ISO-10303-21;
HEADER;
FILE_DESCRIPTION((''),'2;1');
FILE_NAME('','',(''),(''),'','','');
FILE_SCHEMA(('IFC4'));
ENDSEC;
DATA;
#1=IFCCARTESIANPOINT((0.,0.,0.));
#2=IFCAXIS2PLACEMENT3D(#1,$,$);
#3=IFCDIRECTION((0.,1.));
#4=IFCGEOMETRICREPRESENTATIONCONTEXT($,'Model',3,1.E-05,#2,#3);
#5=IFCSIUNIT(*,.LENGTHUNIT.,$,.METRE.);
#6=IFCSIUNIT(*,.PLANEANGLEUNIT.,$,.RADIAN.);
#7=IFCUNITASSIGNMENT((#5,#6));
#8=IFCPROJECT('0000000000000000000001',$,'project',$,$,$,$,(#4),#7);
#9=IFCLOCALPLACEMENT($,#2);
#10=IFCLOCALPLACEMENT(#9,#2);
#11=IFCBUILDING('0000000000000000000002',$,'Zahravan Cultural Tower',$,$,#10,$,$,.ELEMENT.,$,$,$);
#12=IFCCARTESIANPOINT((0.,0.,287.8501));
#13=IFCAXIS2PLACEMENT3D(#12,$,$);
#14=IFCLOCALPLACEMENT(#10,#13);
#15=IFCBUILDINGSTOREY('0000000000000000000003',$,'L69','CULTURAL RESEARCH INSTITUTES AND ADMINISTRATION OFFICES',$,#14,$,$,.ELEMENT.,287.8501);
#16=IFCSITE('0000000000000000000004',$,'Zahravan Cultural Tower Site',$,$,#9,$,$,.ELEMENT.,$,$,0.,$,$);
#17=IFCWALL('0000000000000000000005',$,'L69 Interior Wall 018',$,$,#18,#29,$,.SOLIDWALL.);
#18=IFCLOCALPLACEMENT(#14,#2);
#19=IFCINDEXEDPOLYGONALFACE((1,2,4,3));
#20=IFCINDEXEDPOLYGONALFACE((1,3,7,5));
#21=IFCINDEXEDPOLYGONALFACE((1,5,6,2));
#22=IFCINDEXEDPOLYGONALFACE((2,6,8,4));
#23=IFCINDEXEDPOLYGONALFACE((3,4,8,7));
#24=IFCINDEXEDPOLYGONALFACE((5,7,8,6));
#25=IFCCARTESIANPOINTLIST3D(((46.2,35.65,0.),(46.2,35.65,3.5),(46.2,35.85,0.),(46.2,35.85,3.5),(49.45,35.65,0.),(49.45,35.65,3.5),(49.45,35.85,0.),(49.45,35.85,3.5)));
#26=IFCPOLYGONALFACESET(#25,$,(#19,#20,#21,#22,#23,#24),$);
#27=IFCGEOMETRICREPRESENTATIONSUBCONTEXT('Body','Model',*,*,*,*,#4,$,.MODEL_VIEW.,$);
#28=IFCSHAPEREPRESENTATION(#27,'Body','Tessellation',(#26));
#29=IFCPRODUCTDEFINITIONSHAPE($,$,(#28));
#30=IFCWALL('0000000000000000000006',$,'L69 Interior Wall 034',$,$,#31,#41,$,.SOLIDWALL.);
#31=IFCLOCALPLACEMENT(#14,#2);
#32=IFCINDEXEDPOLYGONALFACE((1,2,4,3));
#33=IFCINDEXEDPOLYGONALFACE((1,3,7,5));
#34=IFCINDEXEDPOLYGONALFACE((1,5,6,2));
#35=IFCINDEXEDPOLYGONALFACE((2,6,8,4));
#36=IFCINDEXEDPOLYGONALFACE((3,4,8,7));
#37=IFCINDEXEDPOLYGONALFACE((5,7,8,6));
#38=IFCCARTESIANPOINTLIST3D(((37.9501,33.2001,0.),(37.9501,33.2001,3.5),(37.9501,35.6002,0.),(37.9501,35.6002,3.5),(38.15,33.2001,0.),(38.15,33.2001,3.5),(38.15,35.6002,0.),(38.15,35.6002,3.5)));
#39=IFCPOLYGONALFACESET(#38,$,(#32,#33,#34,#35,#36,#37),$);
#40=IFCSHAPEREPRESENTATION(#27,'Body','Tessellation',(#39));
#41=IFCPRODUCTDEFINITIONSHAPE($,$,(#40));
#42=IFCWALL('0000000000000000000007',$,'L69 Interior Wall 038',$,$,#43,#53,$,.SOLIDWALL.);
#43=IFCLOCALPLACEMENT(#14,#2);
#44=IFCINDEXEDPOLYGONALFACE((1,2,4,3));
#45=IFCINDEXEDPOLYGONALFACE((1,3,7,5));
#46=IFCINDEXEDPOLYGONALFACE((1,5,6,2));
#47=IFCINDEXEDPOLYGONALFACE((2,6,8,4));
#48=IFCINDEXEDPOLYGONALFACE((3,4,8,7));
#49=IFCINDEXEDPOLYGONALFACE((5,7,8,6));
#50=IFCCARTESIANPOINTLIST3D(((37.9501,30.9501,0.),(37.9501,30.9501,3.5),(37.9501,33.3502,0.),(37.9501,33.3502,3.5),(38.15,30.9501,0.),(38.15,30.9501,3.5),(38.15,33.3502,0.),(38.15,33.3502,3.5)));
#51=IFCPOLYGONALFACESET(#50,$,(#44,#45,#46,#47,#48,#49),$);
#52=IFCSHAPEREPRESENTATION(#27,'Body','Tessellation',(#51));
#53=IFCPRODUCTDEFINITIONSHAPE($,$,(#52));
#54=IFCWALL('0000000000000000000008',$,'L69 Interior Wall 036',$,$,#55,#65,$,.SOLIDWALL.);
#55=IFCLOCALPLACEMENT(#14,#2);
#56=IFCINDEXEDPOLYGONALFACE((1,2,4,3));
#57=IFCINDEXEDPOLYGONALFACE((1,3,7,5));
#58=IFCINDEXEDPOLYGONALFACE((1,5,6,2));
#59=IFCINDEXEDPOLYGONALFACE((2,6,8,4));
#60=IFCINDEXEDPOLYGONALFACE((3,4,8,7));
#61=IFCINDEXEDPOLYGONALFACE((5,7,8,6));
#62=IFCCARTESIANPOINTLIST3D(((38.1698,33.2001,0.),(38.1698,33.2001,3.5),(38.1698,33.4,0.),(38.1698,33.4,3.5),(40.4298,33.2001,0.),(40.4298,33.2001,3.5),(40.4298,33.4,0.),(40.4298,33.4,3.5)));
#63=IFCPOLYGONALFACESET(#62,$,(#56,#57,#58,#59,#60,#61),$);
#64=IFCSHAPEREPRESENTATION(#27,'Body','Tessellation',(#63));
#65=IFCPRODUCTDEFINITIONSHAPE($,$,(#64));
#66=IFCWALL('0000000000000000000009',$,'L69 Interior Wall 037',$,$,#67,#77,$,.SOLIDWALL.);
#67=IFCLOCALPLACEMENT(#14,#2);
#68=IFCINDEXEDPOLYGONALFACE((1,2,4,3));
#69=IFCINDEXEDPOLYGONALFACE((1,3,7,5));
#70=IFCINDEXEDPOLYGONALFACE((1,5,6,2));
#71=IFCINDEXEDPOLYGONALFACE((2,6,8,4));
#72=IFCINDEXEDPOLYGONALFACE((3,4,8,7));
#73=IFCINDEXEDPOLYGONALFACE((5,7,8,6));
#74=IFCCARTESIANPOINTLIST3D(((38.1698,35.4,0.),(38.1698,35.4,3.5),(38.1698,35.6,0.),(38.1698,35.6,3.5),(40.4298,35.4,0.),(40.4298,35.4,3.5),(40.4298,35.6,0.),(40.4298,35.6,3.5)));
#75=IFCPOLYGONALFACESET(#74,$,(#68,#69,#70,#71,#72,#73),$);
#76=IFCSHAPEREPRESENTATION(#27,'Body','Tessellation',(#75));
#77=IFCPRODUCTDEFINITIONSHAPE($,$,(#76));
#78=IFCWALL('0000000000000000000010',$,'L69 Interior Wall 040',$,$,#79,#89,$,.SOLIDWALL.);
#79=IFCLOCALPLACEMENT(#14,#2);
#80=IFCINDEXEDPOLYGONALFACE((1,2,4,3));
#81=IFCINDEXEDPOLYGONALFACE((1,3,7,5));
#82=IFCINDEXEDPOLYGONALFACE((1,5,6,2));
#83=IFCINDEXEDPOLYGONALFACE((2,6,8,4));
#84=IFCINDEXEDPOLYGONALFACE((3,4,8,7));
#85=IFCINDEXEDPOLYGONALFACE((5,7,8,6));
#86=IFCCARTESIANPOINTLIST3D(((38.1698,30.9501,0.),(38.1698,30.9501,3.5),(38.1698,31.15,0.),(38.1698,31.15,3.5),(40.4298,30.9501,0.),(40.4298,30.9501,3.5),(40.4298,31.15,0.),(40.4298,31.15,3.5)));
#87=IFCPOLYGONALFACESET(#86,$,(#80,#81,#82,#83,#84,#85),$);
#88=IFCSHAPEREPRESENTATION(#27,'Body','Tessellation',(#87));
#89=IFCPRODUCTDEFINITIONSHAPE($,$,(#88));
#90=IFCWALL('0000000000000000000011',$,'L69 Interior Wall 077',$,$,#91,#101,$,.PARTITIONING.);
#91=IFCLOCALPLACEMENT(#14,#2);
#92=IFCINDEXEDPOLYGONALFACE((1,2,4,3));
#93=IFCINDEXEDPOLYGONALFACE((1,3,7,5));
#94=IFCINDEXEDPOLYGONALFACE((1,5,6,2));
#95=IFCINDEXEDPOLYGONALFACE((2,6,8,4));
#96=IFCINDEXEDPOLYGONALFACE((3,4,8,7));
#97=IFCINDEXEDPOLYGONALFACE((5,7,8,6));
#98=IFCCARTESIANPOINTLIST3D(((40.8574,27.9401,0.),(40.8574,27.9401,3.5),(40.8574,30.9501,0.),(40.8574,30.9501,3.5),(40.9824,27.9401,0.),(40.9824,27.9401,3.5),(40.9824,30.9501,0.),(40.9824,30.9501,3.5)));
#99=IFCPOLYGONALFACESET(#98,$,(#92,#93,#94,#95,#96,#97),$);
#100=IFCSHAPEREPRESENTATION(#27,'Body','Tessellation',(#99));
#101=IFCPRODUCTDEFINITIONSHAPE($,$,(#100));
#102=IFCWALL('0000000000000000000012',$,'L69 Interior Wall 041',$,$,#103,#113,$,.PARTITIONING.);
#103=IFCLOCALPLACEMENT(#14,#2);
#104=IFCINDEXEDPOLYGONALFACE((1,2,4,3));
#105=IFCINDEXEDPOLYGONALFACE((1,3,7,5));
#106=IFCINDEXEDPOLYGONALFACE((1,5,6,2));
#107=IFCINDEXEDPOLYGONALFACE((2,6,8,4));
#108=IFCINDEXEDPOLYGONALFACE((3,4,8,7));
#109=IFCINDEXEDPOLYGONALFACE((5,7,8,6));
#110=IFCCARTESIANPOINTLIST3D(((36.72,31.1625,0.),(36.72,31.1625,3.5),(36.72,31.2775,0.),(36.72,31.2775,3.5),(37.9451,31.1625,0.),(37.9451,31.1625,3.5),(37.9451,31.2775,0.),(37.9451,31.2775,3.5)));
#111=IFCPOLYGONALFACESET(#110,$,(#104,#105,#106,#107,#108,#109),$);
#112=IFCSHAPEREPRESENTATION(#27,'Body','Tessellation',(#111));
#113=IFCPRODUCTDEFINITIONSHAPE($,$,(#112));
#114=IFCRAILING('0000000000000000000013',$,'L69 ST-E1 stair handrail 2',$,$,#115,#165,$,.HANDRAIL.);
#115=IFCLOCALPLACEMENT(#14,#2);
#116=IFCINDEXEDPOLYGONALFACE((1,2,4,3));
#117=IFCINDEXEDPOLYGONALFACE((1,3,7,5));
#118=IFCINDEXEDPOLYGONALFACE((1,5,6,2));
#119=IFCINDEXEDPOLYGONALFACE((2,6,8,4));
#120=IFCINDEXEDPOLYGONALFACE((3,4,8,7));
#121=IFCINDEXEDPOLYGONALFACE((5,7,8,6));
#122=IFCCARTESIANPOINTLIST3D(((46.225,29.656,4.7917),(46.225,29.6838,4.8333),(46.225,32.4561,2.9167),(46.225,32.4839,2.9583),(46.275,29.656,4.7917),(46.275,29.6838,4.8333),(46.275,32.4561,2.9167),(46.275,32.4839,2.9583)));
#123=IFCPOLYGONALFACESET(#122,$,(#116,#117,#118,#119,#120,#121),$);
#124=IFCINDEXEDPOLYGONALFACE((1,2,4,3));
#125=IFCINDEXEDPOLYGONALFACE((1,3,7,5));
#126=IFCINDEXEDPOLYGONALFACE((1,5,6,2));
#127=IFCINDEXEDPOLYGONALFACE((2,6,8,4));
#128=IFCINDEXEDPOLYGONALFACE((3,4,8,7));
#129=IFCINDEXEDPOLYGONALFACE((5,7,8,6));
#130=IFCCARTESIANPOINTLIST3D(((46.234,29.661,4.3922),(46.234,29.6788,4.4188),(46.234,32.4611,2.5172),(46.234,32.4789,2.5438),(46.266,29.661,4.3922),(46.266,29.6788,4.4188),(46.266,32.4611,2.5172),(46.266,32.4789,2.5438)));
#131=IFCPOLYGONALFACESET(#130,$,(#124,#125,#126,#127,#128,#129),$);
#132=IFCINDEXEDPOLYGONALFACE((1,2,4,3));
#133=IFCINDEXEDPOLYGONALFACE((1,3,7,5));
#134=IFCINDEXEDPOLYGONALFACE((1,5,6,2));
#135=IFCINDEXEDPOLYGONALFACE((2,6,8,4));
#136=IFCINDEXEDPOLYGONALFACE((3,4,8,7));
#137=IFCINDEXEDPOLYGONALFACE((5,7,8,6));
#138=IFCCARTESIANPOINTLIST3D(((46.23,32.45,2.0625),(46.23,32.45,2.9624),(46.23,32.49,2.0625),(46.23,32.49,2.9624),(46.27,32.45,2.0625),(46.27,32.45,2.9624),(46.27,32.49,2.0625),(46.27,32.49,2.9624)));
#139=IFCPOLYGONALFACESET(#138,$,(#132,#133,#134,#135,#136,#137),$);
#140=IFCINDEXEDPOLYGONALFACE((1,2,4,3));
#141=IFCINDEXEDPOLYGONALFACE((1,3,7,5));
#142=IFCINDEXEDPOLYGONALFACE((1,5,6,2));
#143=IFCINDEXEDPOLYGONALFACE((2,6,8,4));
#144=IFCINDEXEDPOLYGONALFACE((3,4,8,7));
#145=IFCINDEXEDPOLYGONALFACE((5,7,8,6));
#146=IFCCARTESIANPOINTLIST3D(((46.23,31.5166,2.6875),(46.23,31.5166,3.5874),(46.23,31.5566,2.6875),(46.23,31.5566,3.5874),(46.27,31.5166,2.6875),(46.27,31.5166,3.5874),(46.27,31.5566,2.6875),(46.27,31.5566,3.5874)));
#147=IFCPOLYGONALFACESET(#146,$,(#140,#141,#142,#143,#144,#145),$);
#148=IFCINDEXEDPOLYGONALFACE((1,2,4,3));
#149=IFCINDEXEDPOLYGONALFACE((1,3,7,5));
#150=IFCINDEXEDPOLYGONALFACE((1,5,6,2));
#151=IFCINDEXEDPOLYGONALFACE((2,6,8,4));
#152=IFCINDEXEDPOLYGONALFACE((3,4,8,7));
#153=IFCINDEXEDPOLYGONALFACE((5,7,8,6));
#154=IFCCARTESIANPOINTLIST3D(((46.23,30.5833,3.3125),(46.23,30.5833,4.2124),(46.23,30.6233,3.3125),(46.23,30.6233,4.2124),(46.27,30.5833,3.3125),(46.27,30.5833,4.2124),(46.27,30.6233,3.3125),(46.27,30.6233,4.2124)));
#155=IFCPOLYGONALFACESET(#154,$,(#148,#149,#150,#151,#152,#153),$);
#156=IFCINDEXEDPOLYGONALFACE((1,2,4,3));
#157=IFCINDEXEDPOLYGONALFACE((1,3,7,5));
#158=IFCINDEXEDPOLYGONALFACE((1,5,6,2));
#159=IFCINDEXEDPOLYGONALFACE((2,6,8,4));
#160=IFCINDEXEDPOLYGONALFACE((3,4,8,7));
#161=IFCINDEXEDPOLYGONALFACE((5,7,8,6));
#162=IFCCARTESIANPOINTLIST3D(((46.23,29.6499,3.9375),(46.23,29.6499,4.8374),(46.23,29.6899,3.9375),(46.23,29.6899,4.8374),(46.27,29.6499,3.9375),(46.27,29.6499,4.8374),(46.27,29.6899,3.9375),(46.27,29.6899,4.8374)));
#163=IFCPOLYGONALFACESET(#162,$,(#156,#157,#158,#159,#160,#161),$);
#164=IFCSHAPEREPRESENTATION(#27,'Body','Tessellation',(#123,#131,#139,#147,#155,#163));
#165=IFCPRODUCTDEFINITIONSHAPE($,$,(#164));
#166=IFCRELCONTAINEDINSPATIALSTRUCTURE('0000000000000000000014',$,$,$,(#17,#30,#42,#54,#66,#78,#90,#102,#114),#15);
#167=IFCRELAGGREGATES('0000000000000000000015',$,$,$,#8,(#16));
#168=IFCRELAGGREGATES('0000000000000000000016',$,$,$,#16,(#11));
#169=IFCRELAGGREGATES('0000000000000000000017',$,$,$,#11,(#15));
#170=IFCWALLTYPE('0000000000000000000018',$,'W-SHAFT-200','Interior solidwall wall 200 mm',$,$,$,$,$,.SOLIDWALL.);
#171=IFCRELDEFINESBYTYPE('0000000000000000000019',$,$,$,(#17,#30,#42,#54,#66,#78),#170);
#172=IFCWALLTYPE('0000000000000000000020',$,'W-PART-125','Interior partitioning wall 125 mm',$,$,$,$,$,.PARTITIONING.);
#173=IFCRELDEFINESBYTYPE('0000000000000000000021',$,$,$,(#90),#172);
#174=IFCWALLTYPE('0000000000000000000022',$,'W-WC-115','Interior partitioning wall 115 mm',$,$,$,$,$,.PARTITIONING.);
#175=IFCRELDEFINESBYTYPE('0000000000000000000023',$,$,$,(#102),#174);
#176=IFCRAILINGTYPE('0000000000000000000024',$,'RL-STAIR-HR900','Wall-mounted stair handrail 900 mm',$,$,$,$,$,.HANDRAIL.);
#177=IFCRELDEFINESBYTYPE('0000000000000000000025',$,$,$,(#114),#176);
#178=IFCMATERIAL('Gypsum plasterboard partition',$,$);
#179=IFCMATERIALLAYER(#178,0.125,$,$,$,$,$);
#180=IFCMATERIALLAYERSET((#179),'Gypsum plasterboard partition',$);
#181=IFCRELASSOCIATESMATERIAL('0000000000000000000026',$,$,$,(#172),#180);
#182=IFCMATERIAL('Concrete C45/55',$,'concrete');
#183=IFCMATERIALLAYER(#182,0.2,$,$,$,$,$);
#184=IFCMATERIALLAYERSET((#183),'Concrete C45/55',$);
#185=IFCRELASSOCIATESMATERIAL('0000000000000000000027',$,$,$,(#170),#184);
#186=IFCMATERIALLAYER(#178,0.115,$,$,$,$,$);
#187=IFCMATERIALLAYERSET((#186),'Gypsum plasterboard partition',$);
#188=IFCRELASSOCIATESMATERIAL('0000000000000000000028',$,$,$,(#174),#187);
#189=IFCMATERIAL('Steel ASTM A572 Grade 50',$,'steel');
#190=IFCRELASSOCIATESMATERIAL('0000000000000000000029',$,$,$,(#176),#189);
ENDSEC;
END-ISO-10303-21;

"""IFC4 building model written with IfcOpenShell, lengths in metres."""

from ifc_helpers import new_model, si_unit, direction, frame, frame_2d, origin, origin_2d, place, context, subcontext, project, spatial, rectangle, extrude, source, transform, mapped, material, layer, layer_set, type_object, element, save


model = new_model("IFC4")

# Units and contexts
model_context = context("Model", 3, precision=1e-05, world=origin(), true_north=direction((0.0, 1.0)))
body_context = subcontext(model_context, "Body", "Model", "MODEL_VIEW")
ifc_project = project(units=[si_unit("LENGTHUNIT", "METRE"), si_unit("PLANEANGLEUNIT", "RADIAN")], contexts=[model_context])

# Site, building, storey
site_placement = place(None, origin())
site = spatial("IfcSite", under=ifc_project, at=site_placement, Name="Zahravan Cultural Tower Site", CompositionType="ELEMENT", RefElevation=0.0)
building_placement = place(site_placement, origin())
building = spatial("IfcBuilding", under=site, at=building_placement, Name="Zahravan Cultural Tower", CompositionType="ELEMENT")
storey_placement = place(building_placement, frame((0.0, 0.0, 287.8501)))
storey = spatial("IfcBuildingStorey", under=building, at=storey_placement, Name="L69", Description="CULTURAL RESEARCH INSTITUTES AND ADMINISTRATION OFFICES", CompositionType="ELEMENT", Elevation=287.8501)

# Shared definitions
ifc_material_1 = material(Name="Steel ASTM A572 Grade 50", Category="steel")
ifc_material_2 = material(Name="Gypsum plasterboard partition")
ifc_layer_1 = layer(ifc_material_2, 0.125)
ifc_layer_set_1 = layer_set([ifc_layer_1], Name="Gypsum plasterboard partition")
wall_type_1 = type_object("IfcWallType", Name="W-PART-125", Description="Interior partitioning wall 125 mm", PredefinedType="PARTITIONING", material=ifc_layer_set_1)
ifc_material_3 = material(Name="Concrete C45/55", Category="concrete")
ifc_layer_2 = layer(ifc_material_3, 0.2)
ifc_layer_set_2 = layer_set([ifc_layer_2], Name="Concrete C45/55")
wall_type_2 = type_object("IfcWallType", Name="W-SHAFT-200", Description="Interior solidwall wall 200 mm", PredefinedType="SOLIDWALL", material=ifc_layer_set_2)
ifc_layer_3 = layer(ifc_material_2, 0.115)
ifc_layer_set_3 = layer_set([ifc_layer_3], Name="Gypsum plasterboard partition")
wall_type_3 = type_object("IfcWallType", Name="W-WC-115", Description="Interior partitioning wall 115 mm", PredefinedType="PARTITIONING", material=ifc_layer_set_3)

# Walls
shared_shape_1 = source(origin(), body_context, "Body", "SweptSolid", [
    extrude(rectangle(XDim=3.25, YDim=0.2, at=frame_2d((1.625, 0.0))), origin(), (0.0, 0.0, 1.0), 3.5),
])
wall_1_placement = place(storey_placement, frame((46.2, 35.75, 0.0), z_axis=(0.0, 0.0, 1.0), x_axis=(1.0, 0.0, 0.0)))
element("IfcWall", 1, at=wall_1_placement, inside=storey, type_object=wall_type_2, Name="L69 Interior Wall 018", PredefinedType="SOLIDWALL", context=body_context, shape_type="MappedRepresentation", body=[
    mapped(shared_shape_1, transform((0.0, 0.0, 0.0), x_axis=(1.0, 0.0, 0.0), y_axis=(0.0, 1.0, 0.0), z_axis=(0.0, 0.0, 1.0), scale=1.0)),
])
shared_shape_2 = source(origin(), body_context, "Body", "SweptSolid", [
    extrude(rectangle(XDim=2.4001, YDim=0.2, at=frame_2d((1.2002, 0.0))), origin(), (0.0, 0.0, 1.0), 3.5),
])
for number, where, z_axis, x_axis, name in (
    (2, (38.05, 33.2, 0.0), (0.0, 0.0, 1.0), (0.0, 1.0, 0.0), "L69 Interior Wall 034"),
    (3, (38.05, 30.95, 0.0), (0.0, 0.0, 1.0), (0.0, 1.0, 0.0), "L69 Interior Wall 038"),
):
    element("IfcWall", number, at=place(storey_placement, frame(where, z_axis=z_axis, x_axis=x_axis)), inside=storey, type_object=wall_type_2, Name=name, PredefinedType="SOLIDWALL", context=body_context, shape_type="MappedRepresentation", body=[
        mapped(shared_shape_2, transform((0.0, 0.0, 0.0), x_axis=(1.0, 0.0, 0.0), y_axis=(0.0, 1.0, 0.0), z_axis=(0.0, 0.0, 1.0), scale=1.0)),
    ])
shared_shape_3 = source(origin(), body_context, "Body", "SweptSolid", [
    extrude(rectangle(XDim=2.26, YDim=0.2, at=frame_2d((1.1299, 0.0))), origin(), (0.0, 0.0, 1.0), 3.5),
])
for number, where, z_axis, x_axis, name in (
    (4, (38.1699, 33.3, 0.0), (0.0, 0.0, 1.0), (1.0, 0.0, 0.0), "L69 Interior Wall 036"),
    (5, (38.1699, 35.5, 0.0), (0.0, 0.0, 1.0), (1.0, 0.0, 0.0), "L69 Interior Wall 037"),
    (6, (38.1699, 31.05, 0.0), (0.0, 0.0, 1.0), (1.0, 0.0, 0.0), "L69 Interior Wall 040"),
):
    element("IfcWall", number, at=place(storey_placement, frame(where, z_axis=z_axis, x_axis=x_axis)), inside=storey, type_object=wall_type_2, Name=name, PredefinedType="SOLIDWALL", context=body_context, shape_type="MappedRepresentation", body=[
        mapped(shared_shape_3, transform((0.0, 0.0, 0.0), x_axis=(1.0, 0.0, 0.0), y_axis=(0.0, 1.0, 0.0), z_axis=(0.0, 0.0, 1.0), scale=1.0)),
    ])
shared_shape_4 = source(origin(), body_context, "Body", "SweptSolid", [
    extrude(rectangle(XDim=3.01, YDim=0.125, at=frame_2d((1.5049, 0.0))), origin(), (0.0, 0.0, 1.0), 3.5),
])
wall_2_placement = place(storey_placement, frame((40.9199, 30.95, 0.0), z_axis=(0.0, 0.0, 1.0), x_axis=(0.0, -1.0, 0.0)))
element("IfcWall", 7, at=wall_2_placement, inside=storey, type_object=wall_type_1, Name="L69 Interior Wall 077", PredefinedType="PARTITIONING", context=body_context, shape_type="MappedRepresentation", body=[
    mapped(shared_shape_4, transform((0.0, 0.0, 0.0), x_axis=(1.0, 0.0, 0.0), y_axis=(0.0, 1.0, 0.0), z_axis=(0.0, 0.0, 1.0), scale=1.0)),
])
shared_shape_5 = source(origin(), body_context, "Body", "SweptSolid", [
    extrude(rectangle(XDim=1.2251, YDim=0.115, at=frame_2d((0.6125, 0.0))), origin(), (0.0, 0.0, 1.0), 3.5),
])
wall_3_placement = place(storey_placement, frame((37.9451, 31.22, 0.0), z_axis=(0.0, 0.0, 1.0), x_axis=(-1.0, 0.0, 0.0)))
element("IfcWall", 8, at=wall_3_placement, inside=storey, type_object=wall_type_3, Name="L69 Interior Wall 041", PredefinedType="PARTITIONING", context=body_context, shape_type="MappedRepresentation", body=[
    mapped(shared_shape_5, transform((0.0, 0.0, 0.0), x_axis=(1.0, 0.0, 0.0), y_axis=(0.0, 1.0, 0.0), z_axis=(0.0, 0.0, 1.0), scale=1.0)),
])

# Railing
railing_type = type_object("IfcRailingType", Name="RL-STAIR-HR900", Description="Wall-mounted stair handrail 900 mm", PredefinedType="HANDRAIL", material=ifc_material_1)
railing_placement = place(storey_placement, frame((46.25, 32.47, 2.0625)))
element("IfcRailing", 9, at=railing_placement, inside=storey, type_object=railing_type, Name="L69 ST-E1 stair handrail 2", PredefinedType="HANDRAIL", context=body_context, shape_type="SweptSolid", body=[
    extrude(rectangle(XDim=0.05, YDim=0.05, at=origin_2d()), frame((0.0, 0.0, 0.875), z_axis=(0.0, -0.830912, 0.556404), x_axis=(1.0, 0.0, 0.0)), (0.0, 0.0, 1.0), 3.3699),
    extrude(rectangle(XDim=0.032, YDim=0.032, at=origin_2d()), frame((0.0, 0.0, 0.468), z_axis=(0.0, -0.830912, 0.556404), x_axis=(1.0, 0.0, 0.0)), (0.0, 0.0, 1.0), 3.3699),
    extrude(rectangle(XDim=0.04, YDim=0.04, at=origin_2d()), origin(), (0.0, 0.0, 1.0), 0.8999),
    extrude(rectangle(XDim=0.04, YDim=0.04, at=origin_2d()), frame((0.0, -0.9333, 0.625)), (0.0, 0.0, 1.0), 0.8999),
    extrude(rectangle(XDim=0.04, YDim=0.04, at=origin_2d()), frame((0.0, -1.8667, 1.25)), (0.0, 0.0, 1.0), 0.8999),
    extrude(rectangle(XDim=0.04, YDim=0.04, at=origin_2d()), frame((0.0, -2.8, 1.875)), (0.0, 0.0, 1.0), 0.8999),
])

save(model, "model.ifc")
